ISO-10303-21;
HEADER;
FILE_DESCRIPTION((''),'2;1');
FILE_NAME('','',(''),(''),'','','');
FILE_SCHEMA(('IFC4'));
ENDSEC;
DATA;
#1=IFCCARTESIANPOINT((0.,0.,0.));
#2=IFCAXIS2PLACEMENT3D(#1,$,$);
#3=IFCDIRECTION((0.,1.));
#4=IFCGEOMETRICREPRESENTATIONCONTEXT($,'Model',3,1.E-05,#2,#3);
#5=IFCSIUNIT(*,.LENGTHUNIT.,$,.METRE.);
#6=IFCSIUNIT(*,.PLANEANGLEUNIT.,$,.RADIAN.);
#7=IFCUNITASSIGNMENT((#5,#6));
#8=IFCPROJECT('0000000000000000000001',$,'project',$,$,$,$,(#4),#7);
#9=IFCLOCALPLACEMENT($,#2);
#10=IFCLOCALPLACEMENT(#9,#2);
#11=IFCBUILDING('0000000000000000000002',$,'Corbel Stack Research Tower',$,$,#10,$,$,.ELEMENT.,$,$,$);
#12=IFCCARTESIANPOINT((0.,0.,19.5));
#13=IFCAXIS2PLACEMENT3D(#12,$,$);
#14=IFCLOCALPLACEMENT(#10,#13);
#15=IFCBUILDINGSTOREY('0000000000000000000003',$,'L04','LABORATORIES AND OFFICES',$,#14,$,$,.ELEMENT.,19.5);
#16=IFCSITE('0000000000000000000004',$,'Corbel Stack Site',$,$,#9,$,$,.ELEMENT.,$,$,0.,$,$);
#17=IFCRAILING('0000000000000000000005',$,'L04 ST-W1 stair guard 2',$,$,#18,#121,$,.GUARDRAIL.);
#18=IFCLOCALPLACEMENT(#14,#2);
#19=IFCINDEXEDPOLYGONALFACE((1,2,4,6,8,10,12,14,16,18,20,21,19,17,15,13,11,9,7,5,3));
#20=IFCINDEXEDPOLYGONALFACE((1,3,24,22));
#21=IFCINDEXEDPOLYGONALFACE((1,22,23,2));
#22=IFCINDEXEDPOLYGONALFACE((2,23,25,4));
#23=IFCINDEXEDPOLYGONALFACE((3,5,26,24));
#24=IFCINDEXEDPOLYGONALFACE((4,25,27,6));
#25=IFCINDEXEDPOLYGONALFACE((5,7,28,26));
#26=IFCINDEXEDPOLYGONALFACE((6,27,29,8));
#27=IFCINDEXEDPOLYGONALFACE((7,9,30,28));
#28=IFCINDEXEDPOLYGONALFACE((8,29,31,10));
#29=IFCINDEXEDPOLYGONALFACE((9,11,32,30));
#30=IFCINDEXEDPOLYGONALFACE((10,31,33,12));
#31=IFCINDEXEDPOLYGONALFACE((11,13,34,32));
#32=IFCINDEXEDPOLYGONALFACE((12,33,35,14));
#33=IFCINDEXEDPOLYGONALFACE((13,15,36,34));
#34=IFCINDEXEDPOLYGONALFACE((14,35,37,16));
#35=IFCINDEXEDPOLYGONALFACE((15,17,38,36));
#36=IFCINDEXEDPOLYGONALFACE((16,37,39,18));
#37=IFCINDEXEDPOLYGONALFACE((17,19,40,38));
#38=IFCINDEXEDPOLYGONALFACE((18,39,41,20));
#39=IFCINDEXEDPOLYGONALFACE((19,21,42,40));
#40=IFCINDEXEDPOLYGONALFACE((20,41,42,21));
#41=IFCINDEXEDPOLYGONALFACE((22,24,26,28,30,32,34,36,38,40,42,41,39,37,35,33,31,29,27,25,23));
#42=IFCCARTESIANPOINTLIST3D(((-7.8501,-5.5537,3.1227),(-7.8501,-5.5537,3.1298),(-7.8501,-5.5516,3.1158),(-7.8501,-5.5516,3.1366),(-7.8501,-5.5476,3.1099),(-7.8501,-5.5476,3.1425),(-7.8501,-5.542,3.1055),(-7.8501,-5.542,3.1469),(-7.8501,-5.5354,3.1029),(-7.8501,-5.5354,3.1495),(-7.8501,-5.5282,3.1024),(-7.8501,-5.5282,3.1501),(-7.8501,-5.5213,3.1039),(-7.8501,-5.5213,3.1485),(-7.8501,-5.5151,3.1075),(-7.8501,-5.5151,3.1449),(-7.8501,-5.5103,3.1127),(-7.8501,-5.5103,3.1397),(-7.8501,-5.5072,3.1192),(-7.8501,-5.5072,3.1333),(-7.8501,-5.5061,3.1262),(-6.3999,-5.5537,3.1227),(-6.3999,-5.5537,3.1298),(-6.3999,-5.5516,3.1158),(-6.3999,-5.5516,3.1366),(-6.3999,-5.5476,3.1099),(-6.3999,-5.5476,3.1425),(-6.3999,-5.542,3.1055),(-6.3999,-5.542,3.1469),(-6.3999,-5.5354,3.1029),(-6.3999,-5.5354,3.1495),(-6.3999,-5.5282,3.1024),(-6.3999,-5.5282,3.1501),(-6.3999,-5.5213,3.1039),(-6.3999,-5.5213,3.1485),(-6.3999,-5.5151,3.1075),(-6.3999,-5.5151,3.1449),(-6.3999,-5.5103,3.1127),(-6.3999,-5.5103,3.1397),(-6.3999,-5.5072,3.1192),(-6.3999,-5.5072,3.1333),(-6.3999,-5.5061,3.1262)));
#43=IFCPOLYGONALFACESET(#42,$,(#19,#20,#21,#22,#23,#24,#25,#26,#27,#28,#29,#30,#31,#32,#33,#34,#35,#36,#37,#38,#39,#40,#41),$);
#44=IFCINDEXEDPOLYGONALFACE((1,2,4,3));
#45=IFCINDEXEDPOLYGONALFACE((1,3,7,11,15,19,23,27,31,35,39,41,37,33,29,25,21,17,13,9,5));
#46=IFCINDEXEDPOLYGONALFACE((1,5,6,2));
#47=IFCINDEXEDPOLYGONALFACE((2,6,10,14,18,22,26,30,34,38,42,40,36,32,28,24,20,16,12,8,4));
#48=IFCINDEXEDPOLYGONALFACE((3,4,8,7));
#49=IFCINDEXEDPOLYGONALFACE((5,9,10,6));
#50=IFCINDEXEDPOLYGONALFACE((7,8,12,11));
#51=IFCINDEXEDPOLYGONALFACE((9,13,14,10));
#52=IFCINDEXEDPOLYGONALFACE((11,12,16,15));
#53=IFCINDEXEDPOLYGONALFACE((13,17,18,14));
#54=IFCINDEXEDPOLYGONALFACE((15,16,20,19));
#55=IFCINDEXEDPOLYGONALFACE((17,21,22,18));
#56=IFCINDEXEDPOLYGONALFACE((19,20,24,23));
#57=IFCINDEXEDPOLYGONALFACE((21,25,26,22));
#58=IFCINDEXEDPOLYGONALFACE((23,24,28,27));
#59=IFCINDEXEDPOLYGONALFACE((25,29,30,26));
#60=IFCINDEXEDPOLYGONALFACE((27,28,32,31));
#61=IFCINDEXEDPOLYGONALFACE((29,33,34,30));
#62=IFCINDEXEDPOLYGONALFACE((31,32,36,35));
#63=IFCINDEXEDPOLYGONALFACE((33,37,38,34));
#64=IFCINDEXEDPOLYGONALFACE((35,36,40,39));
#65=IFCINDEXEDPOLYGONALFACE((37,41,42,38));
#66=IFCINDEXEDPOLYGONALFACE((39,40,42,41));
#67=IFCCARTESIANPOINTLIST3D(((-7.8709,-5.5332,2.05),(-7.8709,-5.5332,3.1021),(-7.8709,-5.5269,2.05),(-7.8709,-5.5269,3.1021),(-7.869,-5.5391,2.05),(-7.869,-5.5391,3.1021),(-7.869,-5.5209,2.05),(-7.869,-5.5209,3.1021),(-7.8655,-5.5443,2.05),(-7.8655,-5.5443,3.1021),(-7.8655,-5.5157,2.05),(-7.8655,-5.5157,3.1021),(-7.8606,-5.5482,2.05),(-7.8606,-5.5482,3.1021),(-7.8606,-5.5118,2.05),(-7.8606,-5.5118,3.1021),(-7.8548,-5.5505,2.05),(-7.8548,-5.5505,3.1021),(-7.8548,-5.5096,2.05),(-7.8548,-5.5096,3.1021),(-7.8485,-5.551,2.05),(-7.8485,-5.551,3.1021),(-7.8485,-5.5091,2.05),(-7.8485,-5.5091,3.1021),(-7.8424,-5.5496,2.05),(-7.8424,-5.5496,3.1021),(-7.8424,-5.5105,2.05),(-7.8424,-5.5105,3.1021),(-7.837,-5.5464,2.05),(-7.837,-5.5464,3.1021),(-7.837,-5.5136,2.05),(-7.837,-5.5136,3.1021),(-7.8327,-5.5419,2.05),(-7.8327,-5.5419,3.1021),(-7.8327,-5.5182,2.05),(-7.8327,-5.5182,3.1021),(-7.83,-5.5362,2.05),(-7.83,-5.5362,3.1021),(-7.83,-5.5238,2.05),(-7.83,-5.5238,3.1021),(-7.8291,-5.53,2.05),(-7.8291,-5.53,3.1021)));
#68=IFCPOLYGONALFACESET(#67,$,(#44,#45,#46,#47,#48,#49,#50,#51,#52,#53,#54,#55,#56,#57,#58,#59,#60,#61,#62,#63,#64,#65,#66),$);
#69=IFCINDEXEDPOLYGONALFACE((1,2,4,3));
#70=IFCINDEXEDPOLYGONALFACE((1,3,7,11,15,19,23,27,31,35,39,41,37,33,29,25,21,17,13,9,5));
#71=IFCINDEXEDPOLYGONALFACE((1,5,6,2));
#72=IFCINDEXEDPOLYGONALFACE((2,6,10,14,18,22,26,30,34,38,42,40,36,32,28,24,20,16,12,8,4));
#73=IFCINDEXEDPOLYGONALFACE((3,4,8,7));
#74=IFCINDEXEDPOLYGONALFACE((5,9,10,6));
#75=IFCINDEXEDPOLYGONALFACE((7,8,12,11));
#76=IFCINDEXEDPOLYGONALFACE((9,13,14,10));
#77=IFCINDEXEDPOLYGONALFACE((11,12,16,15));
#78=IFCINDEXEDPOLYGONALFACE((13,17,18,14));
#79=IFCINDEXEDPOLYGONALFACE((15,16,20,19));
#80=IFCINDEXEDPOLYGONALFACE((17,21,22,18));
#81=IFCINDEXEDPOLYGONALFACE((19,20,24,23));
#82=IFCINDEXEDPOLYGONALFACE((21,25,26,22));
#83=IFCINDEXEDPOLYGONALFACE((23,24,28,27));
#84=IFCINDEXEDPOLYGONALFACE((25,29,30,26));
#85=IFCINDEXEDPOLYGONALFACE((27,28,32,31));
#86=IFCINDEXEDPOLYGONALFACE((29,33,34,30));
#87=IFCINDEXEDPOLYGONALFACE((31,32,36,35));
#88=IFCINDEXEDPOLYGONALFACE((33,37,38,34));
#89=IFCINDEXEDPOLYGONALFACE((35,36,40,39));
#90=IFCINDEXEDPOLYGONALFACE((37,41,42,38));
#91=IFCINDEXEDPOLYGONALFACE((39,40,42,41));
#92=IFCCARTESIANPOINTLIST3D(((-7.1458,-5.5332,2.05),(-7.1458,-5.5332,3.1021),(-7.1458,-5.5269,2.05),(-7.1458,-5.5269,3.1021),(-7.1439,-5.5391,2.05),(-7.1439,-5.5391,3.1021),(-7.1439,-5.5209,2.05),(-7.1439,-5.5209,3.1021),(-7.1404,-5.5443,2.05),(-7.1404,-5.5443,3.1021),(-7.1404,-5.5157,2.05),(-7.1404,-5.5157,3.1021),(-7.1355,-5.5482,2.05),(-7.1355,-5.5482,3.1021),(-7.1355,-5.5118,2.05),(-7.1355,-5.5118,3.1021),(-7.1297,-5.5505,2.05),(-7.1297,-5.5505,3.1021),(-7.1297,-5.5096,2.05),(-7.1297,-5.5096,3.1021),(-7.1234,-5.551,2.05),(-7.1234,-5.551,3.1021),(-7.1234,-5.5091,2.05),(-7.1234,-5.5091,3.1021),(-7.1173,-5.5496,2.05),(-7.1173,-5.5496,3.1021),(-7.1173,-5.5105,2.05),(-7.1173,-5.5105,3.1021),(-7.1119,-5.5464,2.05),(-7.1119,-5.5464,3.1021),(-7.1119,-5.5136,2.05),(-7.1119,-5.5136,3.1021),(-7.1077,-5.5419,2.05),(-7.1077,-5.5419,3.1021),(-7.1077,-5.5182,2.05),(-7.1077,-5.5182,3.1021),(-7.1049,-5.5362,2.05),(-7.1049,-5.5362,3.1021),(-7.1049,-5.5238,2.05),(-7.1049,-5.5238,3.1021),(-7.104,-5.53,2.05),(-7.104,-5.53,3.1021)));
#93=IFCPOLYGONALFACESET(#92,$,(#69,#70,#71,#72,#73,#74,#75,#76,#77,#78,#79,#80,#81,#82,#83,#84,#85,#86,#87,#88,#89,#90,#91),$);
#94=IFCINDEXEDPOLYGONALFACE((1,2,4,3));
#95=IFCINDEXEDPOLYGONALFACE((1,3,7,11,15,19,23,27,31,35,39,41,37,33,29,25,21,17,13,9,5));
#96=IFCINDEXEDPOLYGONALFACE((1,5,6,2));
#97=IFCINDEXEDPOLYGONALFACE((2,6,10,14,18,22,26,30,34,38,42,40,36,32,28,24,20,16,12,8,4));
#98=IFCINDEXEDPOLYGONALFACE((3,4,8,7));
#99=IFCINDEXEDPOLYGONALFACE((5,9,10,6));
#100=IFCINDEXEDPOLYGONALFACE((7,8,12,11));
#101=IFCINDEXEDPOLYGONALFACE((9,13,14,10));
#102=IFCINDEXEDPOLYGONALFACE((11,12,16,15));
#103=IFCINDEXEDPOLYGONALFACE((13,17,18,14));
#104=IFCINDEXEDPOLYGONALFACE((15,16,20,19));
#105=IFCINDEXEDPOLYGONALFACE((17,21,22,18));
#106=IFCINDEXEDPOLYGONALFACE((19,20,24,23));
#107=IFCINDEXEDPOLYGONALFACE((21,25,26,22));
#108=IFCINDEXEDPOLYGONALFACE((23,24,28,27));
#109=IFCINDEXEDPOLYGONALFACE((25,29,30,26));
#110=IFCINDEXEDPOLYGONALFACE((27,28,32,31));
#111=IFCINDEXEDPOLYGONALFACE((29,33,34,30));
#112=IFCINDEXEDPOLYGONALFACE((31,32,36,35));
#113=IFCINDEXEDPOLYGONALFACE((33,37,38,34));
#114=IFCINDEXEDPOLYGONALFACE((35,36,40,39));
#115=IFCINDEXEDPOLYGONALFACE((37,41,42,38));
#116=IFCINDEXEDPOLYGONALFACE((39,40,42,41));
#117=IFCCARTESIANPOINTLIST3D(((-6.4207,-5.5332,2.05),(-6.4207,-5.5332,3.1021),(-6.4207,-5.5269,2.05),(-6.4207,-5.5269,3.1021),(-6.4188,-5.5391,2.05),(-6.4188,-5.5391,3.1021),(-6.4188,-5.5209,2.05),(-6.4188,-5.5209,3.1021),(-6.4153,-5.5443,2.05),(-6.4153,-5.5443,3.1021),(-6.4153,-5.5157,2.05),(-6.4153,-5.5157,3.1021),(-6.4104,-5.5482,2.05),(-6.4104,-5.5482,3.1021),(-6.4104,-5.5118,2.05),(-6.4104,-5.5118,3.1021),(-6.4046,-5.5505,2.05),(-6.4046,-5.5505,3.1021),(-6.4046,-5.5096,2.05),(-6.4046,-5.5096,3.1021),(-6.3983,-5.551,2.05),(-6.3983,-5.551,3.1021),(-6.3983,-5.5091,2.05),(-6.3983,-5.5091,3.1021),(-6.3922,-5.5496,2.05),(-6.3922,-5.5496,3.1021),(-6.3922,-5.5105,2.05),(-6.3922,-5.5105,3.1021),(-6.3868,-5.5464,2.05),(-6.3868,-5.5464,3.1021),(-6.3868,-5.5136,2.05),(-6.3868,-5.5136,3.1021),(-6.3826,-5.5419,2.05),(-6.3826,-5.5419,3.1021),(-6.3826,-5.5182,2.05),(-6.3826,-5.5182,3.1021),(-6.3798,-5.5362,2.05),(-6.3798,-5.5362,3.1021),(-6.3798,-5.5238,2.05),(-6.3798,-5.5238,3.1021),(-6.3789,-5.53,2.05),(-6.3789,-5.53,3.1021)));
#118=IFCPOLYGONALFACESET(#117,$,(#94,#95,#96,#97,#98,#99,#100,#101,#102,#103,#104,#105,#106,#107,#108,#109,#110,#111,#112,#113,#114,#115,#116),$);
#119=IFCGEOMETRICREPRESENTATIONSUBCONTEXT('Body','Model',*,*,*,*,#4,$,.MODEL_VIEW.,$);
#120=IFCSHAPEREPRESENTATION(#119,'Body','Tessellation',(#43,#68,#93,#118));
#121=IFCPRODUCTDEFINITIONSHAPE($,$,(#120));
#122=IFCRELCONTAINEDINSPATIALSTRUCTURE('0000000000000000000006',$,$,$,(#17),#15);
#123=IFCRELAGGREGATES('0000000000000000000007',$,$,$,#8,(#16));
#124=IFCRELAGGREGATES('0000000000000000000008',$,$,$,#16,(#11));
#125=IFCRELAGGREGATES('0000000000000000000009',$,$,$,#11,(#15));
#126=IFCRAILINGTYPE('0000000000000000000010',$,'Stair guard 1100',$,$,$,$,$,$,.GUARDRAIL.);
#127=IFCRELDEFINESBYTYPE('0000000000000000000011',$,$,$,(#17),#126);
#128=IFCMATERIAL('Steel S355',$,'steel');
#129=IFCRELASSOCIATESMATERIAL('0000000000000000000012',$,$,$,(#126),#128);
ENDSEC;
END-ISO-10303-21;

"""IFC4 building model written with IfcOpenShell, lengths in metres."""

from ifc_helpers import new_model, si_unit, direction, frame, origin, origin_2d, place, context, subcontext, project, spatial, circle, extrude, material, type_object, element, save


model = new_model("IFC4")

# Units and contexts
model_context = context("Model", 3, precision=1e-05, world=origin(), true_north=direction((0.0, 1.0)))
body_context = subcontext(model_context, "Body", "Model", "MODEL_VIEW")
ifc_project = project(units=[si_unit("LENGTHUNIT", "METRE"), si_unit("PLANEANGLEUNIT", "RADIAN")], contexts=[model_context])

# Site, building, storey
site_placement = place(None, origin())
site = spatial("IfcSite", under=ifc_project, at=site_placement, Name="Corbel Stack Site", CompositionType="ELEMENT", RefElevation=0.0)
building_placement = place(site_placement, origin())
building = spatial("IfcBuilding", under=site, at=building_placement, Name="Corbel Stack Research Tower", CompositionType="ELEMENT")
storey_placement = place(building_placement, frame((0.0, 0.0, 19.5)))
storey = spatial("IfcBuildingStorey", under=building, at=storey_placement, Name="L04", Description="LABORATORIES AND OFFICES", CompositionType="ELEMENT", Elevation=19.5)

# Railing
ifc_material_1 = material(Name="Steel S355", Category="steel")
railing_type_1 = type_object("IfcRailingType", Name="Stair guard 1100", PredefinedType="GUARDRAIL", material=ifc_material_1)
railing_1_placement = place(storey_placement, frame((-7.8501, -5.53, 2.05)))
element("IfcRailing", 1, at=railing_1_placement, inside=storey, type_object=railing_type_1, Name="L04 ST-W1 stair guard 2", PredefinedType="GUARDRAIL", context=body_context, shape_type="SweptSolid", body=[
    extrude(circle(Radius=0.0239, at=origin_2d()), frame((0.0, 0.0, 1.0762), z_axis=(1.0, 0.0, 0.0), x_axis=(0.0, 1.0, 0.0)), (0.0, 0.0, 1.0), 1.4502),
    extrude(circle(Radius=0.021, at=origin_2d()), origin(), (0.0, 0.0, 1.0), 1.052),
    extrude(circle(Radius=0.021, at=origin_2d()), frame((0.7251, 0.0, 0.0)), (0.0, 0.0, 1.0), 1.052),
    extrude(circle(Radius=0.021, at=origin_2d()), frame((1.4502, 0.0, 0.0)), (0.0, 0.0, 1.0), 1.052),
])

save(model, "model.ifc")
